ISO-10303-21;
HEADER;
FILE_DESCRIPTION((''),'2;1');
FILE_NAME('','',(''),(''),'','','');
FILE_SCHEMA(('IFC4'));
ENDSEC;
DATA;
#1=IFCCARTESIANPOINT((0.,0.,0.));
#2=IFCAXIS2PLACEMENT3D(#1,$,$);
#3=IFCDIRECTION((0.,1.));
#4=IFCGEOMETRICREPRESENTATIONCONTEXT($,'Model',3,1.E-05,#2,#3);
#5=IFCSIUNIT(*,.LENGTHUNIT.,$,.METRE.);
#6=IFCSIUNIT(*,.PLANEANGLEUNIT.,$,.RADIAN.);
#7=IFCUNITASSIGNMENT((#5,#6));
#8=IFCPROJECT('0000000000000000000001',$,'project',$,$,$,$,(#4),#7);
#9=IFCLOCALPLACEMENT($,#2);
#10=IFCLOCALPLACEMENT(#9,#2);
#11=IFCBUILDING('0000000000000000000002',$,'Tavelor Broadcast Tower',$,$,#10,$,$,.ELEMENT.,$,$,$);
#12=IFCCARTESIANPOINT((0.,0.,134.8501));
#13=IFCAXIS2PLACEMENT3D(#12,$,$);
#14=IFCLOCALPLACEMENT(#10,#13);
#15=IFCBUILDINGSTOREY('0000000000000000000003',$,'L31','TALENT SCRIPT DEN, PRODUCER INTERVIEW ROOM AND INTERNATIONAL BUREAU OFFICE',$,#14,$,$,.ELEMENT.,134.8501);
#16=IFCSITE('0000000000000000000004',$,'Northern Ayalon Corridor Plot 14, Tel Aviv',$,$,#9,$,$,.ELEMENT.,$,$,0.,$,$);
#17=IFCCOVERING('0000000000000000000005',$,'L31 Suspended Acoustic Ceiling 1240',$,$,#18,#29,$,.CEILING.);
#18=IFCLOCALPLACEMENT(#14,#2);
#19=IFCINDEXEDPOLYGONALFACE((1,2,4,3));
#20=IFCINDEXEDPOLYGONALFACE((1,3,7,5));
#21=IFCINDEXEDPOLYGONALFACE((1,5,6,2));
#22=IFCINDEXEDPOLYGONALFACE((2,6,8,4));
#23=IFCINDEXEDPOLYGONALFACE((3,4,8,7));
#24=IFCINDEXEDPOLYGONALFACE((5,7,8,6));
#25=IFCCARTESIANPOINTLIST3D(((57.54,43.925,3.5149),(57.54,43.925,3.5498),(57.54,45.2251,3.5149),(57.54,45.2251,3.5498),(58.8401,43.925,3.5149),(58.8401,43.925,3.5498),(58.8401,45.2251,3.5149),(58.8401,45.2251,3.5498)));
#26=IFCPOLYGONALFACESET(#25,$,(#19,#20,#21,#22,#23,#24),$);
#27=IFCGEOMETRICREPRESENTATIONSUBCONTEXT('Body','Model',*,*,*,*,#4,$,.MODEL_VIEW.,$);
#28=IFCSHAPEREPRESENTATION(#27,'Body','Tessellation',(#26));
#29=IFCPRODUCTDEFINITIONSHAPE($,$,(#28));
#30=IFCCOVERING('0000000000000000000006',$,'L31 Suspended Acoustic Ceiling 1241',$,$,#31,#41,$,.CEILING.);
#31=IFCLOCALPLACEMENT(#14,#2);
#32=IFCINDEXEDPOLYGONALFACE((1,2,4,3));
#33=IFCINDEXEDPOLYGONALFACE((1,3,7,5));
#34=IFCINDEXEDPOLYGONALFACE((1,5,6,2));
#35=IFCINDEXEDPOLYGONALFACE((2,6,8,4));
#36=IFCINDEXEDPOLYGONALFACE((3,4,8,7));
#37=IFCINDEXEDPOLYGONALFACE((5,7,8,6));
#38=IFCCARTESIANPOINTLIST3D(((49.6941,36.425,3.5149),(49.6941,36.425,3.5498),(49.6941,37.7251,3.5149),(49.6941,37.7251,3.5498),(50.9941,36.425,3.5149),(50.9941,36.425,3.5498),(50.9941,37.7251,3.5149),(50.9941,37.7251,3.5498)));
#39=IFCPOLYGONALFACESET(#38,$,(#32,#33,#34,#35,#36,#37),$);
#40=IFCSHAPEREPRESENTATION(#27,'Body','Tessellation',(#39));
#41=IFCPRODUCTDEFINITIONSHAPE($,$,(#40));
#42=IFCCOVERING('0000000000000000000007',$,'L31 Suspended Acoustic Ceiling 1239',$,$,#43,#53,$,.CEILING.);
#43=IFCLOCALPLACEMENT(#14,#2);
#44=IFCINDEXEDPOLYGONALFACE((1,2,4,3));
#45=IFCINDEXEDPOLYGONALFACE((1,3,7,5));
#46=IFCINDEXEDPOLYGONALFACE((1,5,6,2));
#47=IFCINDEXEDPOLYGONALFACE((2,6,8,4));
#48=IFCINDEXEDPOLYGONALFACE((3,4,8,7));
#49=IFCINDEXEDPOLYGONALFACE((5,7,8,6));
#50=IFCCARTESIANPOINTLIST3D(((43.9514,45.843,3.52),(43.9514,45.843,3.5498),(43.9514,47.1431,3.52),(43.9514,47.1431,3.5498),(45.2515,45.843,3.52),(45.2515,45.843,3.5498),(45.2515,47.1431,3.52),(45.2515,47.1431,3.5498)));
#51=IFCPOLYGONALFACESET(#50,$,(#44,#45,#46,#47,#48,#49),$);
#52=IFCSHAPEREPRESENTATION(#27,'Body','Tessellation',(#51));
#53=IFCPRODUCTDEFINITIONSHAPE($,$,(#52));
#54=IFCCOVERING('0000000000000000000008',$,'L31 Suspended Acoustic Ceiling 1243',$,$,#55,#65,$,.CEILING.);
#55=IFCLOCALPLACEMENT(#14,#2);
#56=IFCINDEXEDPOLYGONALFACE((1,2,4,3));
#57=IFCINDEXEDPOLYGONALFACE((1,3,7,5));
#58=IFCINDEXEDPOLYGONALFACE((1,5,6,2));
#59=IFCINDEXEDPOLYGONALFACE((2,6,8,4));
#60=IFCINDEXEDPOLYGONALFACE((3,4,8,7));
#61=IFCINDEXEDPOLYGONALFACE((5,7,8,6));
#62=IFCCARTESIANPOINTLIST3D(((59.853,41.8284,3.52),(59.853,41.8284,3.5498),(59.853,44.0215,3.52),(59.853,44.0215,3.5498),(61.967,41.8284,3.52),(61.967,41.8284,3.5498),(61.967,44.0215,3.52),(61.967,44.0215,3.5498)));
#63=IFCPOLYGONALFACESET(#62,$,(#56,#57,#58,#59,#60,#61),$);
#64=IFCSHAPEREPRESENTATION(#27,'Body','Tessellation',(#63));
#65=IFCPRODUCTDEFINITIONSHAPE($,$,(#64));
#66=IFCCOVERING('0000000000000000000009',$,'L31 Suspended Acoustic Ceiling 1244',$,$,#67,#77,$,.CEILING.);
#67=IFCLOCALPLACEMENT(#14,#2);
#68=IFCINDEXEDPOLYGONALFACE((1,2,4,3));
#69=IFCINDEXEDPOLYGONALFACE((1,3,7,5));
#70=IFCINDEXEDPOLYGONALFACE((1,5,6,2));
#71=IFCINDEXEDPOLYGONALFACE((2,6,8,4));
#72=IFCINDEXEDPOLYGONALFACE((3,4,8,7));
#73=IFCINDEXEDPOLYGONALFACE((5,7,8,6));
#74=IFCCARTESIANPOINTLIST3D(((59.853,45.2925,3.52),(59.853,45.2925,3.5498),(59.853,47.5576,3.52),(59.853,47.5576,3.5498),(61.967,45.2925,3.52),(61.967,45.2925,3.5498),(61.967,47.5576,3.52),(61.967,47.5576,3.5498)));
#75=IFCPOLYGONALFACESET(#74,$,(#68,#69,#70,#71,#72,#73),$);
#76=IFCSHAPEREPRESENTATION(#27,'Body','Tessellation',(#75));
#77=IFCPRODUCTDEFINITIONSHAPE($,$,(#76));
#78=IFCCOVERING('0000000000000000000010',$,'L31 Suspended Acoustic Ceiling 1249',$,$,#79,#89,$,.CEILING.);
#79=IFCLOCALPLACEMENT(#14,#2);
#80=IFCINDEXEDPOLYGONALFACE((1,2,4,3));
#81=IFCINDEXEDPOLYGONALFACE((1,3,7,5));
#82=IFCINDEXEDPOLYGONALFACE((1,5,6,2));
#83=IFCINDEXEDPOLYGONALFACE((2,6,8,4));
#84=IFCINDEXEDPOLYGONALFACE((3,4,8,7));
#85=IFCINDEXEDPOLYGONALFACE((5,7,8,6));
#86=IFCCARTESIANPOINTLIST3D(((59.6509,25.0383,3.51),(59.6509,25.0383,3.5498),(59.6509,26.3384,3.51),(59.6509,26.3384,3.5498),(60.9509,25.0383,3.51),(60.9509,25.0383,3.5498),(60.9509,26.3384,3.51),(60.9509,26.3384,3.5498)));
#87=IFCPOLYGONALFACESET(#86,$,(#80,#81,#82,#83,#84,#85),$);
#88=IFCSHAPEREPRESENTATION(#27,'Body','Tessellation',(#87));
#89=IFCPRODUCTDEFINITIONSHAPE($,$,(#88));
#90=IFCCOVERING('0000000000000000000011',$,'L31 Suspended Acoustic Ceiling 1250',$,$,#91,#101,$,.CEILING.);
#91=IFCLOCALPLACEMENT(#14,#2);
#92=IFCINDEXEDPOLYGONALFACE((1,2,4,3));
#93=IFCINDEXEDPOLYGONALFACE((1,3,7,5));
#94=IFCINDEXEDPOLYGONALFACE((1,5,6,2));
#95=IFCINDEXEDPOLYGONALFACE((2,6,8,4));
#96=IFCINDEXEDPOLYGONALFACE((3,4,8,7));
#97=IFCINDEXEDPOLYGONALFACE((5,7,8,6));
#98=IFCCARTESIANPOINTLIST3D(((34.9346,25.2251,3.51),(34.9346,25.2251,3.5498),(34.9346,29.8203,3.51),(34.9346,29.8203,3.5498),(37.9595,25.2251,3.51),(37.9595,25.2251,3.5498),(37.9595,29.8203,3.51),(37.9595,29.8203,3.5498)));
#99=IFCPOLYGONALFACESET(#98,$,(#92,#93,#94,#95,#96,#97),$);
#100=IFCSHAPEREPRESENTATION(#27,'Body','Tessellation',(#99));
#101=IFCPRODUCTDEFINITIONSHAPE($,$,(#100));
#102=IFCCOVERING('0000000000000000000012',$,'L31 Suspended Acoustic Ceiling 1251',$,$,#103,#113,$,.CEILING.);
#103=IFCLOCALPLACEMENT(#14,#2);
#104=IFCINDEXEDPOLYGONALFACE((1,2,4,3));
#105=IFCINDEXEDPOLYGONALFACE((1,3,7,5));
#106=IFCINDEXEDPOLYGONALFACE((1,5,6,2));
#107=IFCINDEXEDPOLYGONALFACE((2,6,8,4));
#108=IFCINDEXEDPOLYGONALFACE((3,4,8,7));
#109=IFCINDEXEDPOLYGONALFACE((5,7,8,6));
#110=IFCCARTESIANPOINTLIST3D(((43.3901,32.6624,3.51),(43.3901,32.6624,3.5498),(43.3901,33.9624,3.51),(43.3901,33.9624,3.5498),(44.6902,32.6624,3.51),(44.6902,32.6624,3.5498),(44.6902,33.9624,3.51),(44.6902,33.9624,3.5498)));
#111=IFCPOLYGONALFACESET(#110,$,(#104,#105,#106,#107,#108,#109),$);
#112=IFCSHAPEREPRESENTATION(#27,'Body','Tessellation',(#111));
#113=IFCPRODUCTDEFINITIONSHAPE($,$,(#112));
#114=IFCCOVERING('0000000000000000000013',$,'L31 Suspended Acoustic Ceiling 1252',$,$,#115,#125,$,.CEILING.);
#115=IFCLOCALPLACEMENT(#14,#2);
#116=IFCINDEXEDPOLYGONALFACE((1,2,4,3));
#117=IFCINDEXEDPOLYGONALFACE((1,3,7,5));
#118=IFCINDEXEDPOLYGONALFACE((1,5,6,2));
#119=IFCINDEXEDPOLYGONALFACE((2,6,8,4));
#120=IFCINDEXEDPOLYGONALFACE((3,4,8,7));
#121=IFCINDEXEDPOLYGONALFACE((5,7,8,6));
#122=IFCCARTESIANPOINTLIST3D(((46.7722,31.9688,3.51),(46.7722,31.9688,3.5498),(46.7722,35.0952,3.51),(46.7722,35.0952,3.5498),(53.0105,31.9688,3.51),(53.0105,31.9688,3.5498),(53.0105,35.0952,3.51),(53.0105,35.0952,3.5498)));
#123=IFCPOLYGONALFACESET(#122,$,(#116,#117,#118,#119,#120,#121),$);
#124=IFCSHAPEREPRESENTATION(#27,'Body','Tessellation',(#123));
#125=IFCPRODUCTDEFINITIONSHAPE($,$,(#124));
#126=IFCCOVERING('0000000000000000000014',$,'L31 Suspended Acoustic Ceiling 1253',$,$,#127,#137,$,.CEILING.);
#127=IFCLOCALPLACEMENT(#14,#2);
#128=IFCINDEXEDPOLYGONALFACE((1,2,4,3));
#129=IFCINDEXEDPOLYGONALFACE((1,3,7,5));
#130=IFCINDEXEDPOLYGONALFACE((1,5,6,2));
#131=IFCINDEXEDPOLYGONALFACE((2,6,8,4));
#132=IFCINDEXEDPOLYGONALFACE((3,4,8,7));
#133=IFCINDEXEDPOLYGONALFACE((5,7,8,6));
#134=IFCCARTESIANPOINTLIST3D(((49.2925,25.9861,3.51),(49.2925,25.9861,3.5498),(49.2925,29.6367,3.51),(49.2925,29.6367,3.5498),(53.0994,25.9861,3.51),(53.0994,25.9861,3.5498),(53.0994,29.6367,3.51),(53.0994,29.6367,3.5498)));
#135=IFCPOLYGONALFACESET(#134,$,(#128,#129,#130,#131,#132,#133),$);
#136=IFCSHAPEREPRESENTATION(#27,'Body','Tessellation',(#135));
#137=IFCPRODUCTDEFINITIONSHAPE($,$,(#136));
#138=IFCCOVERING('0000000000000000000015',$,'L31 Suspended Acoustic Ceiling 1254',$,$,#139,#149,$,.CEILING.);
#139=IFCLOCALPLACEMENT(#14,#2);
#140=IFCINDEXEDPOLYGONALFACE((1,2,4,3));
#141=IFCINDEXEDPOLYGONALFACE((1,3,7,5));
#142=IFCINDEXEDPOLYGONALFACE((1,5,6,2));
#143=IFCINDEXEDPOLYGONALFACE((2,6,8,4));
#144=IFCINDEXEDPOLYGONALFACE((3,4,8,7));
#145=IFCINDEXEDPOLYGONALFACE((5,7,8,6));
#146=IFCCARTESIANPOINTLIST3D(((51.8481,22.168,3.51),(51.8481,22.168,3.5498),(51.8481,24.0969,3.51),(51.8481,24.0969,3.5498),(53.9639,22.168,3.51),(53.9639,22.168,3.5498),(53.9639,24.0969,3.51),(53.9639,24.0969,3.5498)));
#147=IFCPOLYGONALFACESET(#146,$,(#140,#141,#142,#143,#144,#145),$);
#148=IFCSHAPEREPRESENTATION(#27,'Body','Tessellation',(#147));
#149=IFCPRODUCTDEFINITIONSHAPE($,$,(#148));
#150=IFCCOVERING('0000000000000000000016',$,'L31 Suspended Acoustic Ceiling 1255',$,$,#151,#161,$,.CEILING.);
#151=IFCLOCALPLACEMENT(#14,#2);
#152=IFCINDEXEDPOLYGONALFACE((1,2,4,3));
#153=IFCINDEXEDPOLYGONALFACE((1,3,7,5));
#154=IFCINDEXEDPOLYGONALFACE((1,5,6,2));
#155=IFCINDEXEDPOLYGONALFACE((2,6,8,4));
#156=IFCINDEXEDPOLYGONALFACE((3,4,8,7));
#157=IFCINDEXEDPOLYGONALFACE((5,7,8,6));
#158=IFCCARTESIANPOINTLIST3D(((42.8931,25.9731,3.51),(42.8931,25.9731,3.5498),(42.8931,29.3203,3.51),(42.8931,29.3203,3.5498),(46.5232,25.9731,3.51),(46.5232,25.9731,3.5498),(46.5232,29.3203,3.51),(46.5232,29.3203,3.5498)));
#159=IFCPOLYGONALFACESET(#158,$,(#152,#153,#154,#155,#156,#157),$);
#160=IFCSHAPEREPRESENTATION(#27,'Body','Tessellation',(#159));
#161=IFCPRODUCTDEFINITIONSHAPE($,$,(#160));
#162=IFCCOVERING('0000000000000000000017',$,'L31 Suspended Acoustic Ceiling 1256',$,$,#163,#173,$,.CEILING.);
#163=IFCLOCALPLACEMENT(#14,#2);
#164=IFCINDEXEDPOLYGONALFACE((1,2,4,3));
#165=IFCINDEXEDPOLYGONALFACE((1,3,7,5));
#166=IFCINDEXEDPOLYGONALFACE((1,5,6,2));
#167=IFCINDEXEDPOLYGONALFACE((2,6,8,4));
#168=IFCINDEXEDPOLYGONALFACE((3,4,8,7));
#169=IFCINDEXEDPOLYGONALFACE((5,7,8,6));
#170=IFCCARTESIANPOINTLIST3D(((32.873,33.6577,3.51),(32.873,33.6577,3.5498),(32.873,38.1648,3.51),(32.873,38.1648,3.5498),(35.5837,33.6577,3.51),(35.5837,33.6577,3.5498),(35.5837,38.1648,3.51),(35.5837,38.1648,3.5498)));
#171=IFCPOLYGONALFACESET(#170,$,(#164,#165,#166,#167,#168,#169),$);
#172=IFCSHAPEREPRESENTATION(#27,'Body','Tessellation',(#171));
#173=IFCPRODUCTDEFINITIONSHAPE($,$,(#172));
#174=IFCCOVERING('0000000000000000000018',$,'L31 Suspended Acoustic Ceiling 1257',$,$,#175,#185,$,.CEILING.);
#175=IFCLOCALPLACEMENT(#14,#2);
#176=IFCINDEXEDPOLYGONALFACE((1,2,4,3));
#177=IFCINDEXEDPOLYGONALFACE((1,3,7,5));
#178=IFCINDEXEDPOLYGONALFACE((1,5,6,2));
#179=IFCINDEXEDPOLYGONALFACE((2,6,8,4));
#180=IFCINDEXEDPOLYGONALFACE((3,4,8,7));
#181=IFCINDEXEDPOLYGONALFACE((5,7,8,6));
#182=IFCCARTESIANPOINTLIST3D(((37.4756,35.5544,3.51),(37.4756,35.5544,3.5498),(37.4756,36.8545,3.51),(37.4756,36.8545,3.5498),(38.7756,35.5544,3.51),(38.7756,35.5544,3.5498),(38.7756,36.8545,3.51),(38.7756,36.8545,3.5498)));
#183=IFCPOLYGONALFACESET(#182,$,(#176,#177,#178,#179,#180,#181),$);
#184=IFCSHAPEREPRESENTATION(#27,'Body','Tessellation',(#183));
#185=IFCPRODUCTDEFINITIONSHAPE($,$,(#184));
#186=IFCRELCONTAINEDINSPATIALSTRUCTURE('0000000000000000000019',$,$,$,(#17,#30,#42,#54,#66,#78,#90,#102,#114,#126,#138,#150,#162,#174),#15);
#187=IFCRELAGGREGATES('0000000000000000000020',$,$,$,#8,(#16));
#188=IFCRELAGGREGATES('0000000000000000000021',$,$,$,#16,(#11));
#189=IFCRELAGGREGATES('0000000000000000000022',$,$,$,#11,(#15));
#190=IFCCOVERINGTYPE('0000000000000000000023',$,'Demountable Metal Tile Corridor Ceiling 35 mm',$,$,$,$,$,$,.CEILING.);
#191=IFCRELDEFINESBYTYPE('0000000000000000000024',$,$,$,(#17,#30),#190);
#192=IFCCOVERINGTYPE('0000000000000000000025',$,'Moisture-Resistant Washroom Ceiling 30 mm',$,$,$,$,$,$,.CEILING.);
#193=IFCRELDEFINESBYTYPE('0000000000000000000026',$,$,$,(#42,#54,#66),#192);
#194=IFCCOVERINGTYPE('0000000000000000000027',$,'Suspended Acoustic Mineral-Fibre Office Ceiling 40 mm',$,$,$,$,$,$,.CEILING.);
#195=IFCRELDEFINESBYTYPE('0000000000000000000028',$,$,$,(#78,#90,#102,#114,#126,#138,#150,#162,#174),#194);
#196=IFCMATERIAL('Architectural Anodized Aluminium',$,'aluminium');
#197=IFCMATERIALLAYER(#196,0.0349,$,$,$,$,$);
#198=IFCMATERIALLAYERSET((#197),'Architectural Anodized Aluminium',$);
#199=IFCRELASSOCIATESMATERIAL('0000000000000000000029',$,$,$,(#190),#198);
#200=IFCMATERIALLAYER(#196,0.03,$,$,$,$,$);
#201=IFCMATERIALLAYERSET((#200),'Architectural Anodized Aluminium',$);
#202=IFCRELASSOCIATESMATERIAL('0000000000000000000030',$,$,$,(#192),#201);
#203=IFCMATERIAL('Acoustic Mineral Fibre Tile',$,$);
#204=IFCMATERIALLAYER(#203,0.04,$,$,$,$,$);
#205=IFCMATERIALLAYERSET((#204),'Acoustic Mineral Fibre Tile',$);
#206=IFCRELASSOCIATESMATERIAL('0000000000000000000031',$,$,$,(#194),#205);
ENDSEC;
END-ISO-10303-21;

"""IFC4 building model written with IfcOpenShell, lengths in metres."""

from ifc_helpers import new_model, si_unit, direction, frame, origin, place, context, subcontext, project, spatial, polyline, outline, extrude, material, layer, layer_set, type_object, element, save


model = new_model("IFC4")

# Units and contexts
model_context = context("Model", 3, precision=1e-05, world=origin(), true_north=direction((0.0, 1.0)))
body_context = subcontext(model_context, "Body", "Model", "MODEL_VIEW")
ifc_project = project(units=[si_unit("LENGTHUNIT", "METRE"), si_unit("PLANEANGLEUNIT", "RADIAN")], contexts=[model_context])

# Site, building, storey
site_placement = place(None, origin())
site = spatial("IfcSite", under=ifc_project, at=site_placement, Name="Northern Ayalon Corridor Plot 14, Tel Aviv", CompositionType="ELEMENT", RefElevation=0.0)
building_placement = place(site_placement, origin())
building = spatial("IfcBuilding", under=site, at=building_placement, Name="Tavelor Broadcast Tower", CompositionType="ELEMENT")
storey_placement = place(building_placement, frame((0.0, 0.0, 134.8501)))
storey = spatial("IfcBuildingStorey", under=building, at=storey_placement, Name="L31", Description="TALENT SCRIPT DEN, PRODUCER INTERVIEW ROOM AND INTERNATIONAL BUREAU OFFICE", CompositionType="ELEMENT", Elevation=134.8501)

# Coverings
ifc_material_1 = material(Name="Architectural Anodized Aluminium", Category="aluminium")
ifc_layer_1 = layer(ifc_material_1, 0.0349)
ifc_layer_set_1 = layer_set([ifc_layer_1], Name="Architectural Anodized Aluminium")
covering_type_1 = type_object("IfcCoveringType", Name="Demountable Metal Tile Corridor Ceiling 35 mm", PredefinedType="CEILING", material=ifc_layer_set_1)
covering_1_placement = place(storey_placement, frame((0.0, 0.0, 3.5149)))
element("IfcCovering", 1, at=covering_1_placement, inside=storey, type_object=covering_type_1, Name="L31 Suspended Acoustic Ceiling 1240", PredefinedType="CEILING", context=body_context, shape_type="SweptSolid", body=[
    extrude(outline(polyline([(57.54, 43.925), (58.8401, 43.925), (58.8401, 45.2251), (57.54, 45.2251), (57.54, 43.925)])), origin(), (0.0, 0.0, 1.0), 0.0349),
])
covering_2_placement = place(storey_placement, frame((0.0, 0.0, 3.5149)))
element("IfcCovering", 2, at=covering_2_placement, inside=storey, type_object=covering_type_1, Name="L31 Suspended Acoustic Ceiling 1241", PredefinedType="CEILING", context=body_context, shape_type="SweptSolid", body=[
    extrude(outline(polyline([(49.6941, 36.425), (50.9941, 36.425), (50.9941, 37.7251), (49.6941, 37.7251), (49.6941, 36.425)])), origin(), (0.0, 0.0, 1.0), 0.0349),
])
ifc_layer_2 = layer(ifc_material_1, 0.03)
ifc_layer_set_2 = layer_set([ifc_layer_2], Name="Architectural Anodized Aluminium")
covering_type_2 = type_object("IfcCoveringType", Name="Moisture-Resistant Washroom Ceiling 30 mm", PredefinedType="CEILING", material=ifc_layer_set_2)
covering_3_placement = place(storey_placement, frame((0.0, 0.0, 3.52)))
element("IfcCovering", 3, at=covering_3_placement, inside=storey, type_object=covering_type_2, Name="L31 Suspended Acoustic Ceiling 1239", PredefinedType="CEILING", context=body_context, shape_type="SweptSolid", body=[
    extrude(outline(polyline([(43.9514, 45.843), (45.2515, 45.843), (45.2515, 47.1431), (43.9514, 47.1431), (43.9514, 45.843)])), origin(), (0.0, 0.0, 1.0), 0.0298),
])
covering_4_placement = place(storey_placement, frame((0.0, 0.0, 3.52)))
element("IfcCovering", 4, at=covering_4_placement, inside=storey, type_object=covering_type_2, Name="L31 Suspended Acoustic Ceiling 1243", PredefinedType="CEILING", context=body_context, shape_type="SweptSolid", body=[
    extrude(outline(polyline([(59.853, 41.8284), (61.967, 41.8284), (61.967, 44.0215), (59.853, 44.0215), (59.853, 41.8284)])), origin(), (0.0, 0.0, 1.0), 0.0298),
])
covering_5_placement = place(storey_placement, frame((0.0, 0.0, 3.52)))
element("IfcCovering", 5, at=covering_5_placement, inside=storey, type_object=covering_type_2, Name="L31 Suspended Acoustic Ceiling 1244", PredefinedType="CEILING", context=body_context, shape_type="SweptSolid", body=[
    extrude(outline(polyline([(59.853, 45.2925), (61.967, 45.2925), (61.967, 47.5576), (59.853, 47.5576), (59.853, 45.2925)])), origin(), (0.0, 0.0, 1.0), 0.0298),
])
ifc_material_2 = material(Name="Acoustic Mineral Fibre Tile")
ifc_layer_3 = layer(ifc_material_2, 0.04)
ifc_layer_set_3 = layer_set([ifc_layer_3], Name="Acoustic Mineral Fibre Tile")
covering_type_3 = type_object("IfcCoveringType", Name="Suspended Acoustic Mineral-Fibre Office Ceiling 40 mm", PredefinedType="CEILING", material=ifc_layer_set_3)
covering_6_placement = place(storey_placement, frame((0.0, 0.0, 3.51)))
element("IfcCovering", 6, at=covering_6_placement, inside=storey, type_object=covering_type_3, Name="L31 Suspended Acoustic Ceiling 1249", PredefinedType="CEILING", context=body_context, shape_type="SweptSolid", body=[
    extrude(outline(polyline([(59.6509, 25.0383), (60.9509, 25.0383), (60.9509, 26.3384), (59.6509, 26.3384), (59.6509, 25.0383)])), origin(), (0.0, 0.0, 1.0), 0.0398),
])
covering_7_placement = place(storey_placement, frame((0.0, 0.0, 3.51)))
element("IfcCovering", 7, at=covering_7_placement, inside=storey, type_object=covering_type_3, Name="L31 Suspended Acoustic Ceiling 1250", PredefinedType="CEILING", context=body_context, shape_type="SweptSolid", body=[
    extrude(outline(polyline([(34.9346, 25.2251), (37.9595, 25.2251), (37.9595, 29.8203), (34.9346, 29.8203), (34.9346, 25.2251)])), origin(), (0.0, 0.0, 1.0), 0.0398),
])
covering_8_placement = place(storey_placement, frame((0.0, 0.0, 3.51)))
element("IfcCovering", 8, at=covering_8_placement, inside=storey, type_object=covering_type_3, Name="L31 Suspended Acoustic Ceiling 1251", PredefinedType="CEILING", context=body_context, shape_type="SweptSolid", body=[
    extrude(outline(polyline([(43.3901, 32.6624), (44.6902, 32.6624), (44.6902, 33.9624), (43.3901, 33.9624), (43.3901, 32.6624)])), origin(), (0.0, 0.0, 1.0), 0.0398),
])
covering_9_placement = place(storey_placement, frame((0.0, 0.0, 3.51)))
element("IfcCovering", 9, at=covering_9_placement, inside=storey, type_object=covering_type_3, Name="L31 Suspended Acoustic Ceiling 1252", PredefinedType="CEILING", context=body_context, shape_type="SweptSolid", body=[
    extrude(outline(polyline([(46.7722, 31.9688), (53.0105, 31.9688), (53.0105, 35.0952), (46.7722, 35.0952), (46.7722, 31.9688)])), origin(), (0.0, 0.0, 1.0), 0.0398),
])
covering_10_placement = place(storey_placement, frame((0.0, 0.0, 3.51)))
element("IfcCovering", 10, at=covering_10_placement, inside=storey, type_object=covering_type_3, Name="L31 Suspended Acoustic Ceiling 1253", PredefinedType="CEILING", context=body_context, shape_type="SweptSolid", body=[
    extrude(outline(polyline([(49.2925, 25.9861), (53.0994, 25.9861), (53.0994, 29.6367), (49.2925, 29.6367), (49.2925, 25.9861)])), origin(), (0.0, 0.0, 1.0), 0.0398),
])
covering_11_placement = place(storey_placement, frame((0.0, 0.0, 3.51)))
element("IfcCovering", 11, at=covering_11_placement, inside=storey, type_object=covering_type_3, Name="L31 Suspended Acoustic Ceiling 1254", PredefinedType="CEILING", context=body_context, shape_type="SweptSolid", body=[
    extrude(outline(polyline([(51.8481, 22.168), (53.9639, 22.168), (53.9639, 24.0969), (51.8481, 24.0969), (51.8481, 22.168)])), origin(), (0.0, 0.0, 1.0), 0.0398),
])
covering_12_placement = place(storey_placement, frame((0.0, 0.0, 3.51)))
element("IfcCovering", 12, at=covering_12_placement, inside=storey, type_object=covering_type_3, Name="L31 Suspended Acoustic Ceiling 1255", PredefinedType="CEILING", context=body_context, shape_type="SweptSolid", body=[
    extrude(outline(polyline([(42.8931, 25.9731), (46.5232, 25.9731), (46.5232, 29.3203), (42.8931, 29.3203), (42.8931, 25.9731)])), origin(), (0.0, 0.0, 1.0), 0.0398),
])
covering_13_placement = place(storey_placement, frame((0.0, 0.0, 3.51)))
element("IfcCovering", 13, at=covering_13_placement, inside=storey, type_object=covering_type_3, Name="L31 Suspended Acoustic Ceiling 1256", PredefinedType="CEILING", context=body_context, shape_type="SweptSolid", body=[
    extrude(outline(polyline([(32.873, 33.6577), (35.5837, 33.6577), (35.5837, 38.1648), (32.873, 38.1648), (32.873, 33.6577)])), origin(), (0.0, 0.0, 1.0), 0.0398),
])
covering_14_placement = place(storey_placement, frame((0.0, 0.0, 3.51)))
element("IfcCovering", 14, at=covering_14_placement, inside=storey, type_object=covering_type_3, Name="L31 Suspended Acoustic Ceiling 1257", PredefinedType="CEILING", context=body_context, shape_type="SweptSolid", body=[
    extrude(outline(polyline([(37.4756, 35.5544), (38.7756, 35.5544), (38.7756, 36.8545), (37.4756, 36.8545), (37.4756, 35.5544)])), origin(), (0.0, 0.0, 1.0), 0.0398),
])

save(model, "model.ifc")
